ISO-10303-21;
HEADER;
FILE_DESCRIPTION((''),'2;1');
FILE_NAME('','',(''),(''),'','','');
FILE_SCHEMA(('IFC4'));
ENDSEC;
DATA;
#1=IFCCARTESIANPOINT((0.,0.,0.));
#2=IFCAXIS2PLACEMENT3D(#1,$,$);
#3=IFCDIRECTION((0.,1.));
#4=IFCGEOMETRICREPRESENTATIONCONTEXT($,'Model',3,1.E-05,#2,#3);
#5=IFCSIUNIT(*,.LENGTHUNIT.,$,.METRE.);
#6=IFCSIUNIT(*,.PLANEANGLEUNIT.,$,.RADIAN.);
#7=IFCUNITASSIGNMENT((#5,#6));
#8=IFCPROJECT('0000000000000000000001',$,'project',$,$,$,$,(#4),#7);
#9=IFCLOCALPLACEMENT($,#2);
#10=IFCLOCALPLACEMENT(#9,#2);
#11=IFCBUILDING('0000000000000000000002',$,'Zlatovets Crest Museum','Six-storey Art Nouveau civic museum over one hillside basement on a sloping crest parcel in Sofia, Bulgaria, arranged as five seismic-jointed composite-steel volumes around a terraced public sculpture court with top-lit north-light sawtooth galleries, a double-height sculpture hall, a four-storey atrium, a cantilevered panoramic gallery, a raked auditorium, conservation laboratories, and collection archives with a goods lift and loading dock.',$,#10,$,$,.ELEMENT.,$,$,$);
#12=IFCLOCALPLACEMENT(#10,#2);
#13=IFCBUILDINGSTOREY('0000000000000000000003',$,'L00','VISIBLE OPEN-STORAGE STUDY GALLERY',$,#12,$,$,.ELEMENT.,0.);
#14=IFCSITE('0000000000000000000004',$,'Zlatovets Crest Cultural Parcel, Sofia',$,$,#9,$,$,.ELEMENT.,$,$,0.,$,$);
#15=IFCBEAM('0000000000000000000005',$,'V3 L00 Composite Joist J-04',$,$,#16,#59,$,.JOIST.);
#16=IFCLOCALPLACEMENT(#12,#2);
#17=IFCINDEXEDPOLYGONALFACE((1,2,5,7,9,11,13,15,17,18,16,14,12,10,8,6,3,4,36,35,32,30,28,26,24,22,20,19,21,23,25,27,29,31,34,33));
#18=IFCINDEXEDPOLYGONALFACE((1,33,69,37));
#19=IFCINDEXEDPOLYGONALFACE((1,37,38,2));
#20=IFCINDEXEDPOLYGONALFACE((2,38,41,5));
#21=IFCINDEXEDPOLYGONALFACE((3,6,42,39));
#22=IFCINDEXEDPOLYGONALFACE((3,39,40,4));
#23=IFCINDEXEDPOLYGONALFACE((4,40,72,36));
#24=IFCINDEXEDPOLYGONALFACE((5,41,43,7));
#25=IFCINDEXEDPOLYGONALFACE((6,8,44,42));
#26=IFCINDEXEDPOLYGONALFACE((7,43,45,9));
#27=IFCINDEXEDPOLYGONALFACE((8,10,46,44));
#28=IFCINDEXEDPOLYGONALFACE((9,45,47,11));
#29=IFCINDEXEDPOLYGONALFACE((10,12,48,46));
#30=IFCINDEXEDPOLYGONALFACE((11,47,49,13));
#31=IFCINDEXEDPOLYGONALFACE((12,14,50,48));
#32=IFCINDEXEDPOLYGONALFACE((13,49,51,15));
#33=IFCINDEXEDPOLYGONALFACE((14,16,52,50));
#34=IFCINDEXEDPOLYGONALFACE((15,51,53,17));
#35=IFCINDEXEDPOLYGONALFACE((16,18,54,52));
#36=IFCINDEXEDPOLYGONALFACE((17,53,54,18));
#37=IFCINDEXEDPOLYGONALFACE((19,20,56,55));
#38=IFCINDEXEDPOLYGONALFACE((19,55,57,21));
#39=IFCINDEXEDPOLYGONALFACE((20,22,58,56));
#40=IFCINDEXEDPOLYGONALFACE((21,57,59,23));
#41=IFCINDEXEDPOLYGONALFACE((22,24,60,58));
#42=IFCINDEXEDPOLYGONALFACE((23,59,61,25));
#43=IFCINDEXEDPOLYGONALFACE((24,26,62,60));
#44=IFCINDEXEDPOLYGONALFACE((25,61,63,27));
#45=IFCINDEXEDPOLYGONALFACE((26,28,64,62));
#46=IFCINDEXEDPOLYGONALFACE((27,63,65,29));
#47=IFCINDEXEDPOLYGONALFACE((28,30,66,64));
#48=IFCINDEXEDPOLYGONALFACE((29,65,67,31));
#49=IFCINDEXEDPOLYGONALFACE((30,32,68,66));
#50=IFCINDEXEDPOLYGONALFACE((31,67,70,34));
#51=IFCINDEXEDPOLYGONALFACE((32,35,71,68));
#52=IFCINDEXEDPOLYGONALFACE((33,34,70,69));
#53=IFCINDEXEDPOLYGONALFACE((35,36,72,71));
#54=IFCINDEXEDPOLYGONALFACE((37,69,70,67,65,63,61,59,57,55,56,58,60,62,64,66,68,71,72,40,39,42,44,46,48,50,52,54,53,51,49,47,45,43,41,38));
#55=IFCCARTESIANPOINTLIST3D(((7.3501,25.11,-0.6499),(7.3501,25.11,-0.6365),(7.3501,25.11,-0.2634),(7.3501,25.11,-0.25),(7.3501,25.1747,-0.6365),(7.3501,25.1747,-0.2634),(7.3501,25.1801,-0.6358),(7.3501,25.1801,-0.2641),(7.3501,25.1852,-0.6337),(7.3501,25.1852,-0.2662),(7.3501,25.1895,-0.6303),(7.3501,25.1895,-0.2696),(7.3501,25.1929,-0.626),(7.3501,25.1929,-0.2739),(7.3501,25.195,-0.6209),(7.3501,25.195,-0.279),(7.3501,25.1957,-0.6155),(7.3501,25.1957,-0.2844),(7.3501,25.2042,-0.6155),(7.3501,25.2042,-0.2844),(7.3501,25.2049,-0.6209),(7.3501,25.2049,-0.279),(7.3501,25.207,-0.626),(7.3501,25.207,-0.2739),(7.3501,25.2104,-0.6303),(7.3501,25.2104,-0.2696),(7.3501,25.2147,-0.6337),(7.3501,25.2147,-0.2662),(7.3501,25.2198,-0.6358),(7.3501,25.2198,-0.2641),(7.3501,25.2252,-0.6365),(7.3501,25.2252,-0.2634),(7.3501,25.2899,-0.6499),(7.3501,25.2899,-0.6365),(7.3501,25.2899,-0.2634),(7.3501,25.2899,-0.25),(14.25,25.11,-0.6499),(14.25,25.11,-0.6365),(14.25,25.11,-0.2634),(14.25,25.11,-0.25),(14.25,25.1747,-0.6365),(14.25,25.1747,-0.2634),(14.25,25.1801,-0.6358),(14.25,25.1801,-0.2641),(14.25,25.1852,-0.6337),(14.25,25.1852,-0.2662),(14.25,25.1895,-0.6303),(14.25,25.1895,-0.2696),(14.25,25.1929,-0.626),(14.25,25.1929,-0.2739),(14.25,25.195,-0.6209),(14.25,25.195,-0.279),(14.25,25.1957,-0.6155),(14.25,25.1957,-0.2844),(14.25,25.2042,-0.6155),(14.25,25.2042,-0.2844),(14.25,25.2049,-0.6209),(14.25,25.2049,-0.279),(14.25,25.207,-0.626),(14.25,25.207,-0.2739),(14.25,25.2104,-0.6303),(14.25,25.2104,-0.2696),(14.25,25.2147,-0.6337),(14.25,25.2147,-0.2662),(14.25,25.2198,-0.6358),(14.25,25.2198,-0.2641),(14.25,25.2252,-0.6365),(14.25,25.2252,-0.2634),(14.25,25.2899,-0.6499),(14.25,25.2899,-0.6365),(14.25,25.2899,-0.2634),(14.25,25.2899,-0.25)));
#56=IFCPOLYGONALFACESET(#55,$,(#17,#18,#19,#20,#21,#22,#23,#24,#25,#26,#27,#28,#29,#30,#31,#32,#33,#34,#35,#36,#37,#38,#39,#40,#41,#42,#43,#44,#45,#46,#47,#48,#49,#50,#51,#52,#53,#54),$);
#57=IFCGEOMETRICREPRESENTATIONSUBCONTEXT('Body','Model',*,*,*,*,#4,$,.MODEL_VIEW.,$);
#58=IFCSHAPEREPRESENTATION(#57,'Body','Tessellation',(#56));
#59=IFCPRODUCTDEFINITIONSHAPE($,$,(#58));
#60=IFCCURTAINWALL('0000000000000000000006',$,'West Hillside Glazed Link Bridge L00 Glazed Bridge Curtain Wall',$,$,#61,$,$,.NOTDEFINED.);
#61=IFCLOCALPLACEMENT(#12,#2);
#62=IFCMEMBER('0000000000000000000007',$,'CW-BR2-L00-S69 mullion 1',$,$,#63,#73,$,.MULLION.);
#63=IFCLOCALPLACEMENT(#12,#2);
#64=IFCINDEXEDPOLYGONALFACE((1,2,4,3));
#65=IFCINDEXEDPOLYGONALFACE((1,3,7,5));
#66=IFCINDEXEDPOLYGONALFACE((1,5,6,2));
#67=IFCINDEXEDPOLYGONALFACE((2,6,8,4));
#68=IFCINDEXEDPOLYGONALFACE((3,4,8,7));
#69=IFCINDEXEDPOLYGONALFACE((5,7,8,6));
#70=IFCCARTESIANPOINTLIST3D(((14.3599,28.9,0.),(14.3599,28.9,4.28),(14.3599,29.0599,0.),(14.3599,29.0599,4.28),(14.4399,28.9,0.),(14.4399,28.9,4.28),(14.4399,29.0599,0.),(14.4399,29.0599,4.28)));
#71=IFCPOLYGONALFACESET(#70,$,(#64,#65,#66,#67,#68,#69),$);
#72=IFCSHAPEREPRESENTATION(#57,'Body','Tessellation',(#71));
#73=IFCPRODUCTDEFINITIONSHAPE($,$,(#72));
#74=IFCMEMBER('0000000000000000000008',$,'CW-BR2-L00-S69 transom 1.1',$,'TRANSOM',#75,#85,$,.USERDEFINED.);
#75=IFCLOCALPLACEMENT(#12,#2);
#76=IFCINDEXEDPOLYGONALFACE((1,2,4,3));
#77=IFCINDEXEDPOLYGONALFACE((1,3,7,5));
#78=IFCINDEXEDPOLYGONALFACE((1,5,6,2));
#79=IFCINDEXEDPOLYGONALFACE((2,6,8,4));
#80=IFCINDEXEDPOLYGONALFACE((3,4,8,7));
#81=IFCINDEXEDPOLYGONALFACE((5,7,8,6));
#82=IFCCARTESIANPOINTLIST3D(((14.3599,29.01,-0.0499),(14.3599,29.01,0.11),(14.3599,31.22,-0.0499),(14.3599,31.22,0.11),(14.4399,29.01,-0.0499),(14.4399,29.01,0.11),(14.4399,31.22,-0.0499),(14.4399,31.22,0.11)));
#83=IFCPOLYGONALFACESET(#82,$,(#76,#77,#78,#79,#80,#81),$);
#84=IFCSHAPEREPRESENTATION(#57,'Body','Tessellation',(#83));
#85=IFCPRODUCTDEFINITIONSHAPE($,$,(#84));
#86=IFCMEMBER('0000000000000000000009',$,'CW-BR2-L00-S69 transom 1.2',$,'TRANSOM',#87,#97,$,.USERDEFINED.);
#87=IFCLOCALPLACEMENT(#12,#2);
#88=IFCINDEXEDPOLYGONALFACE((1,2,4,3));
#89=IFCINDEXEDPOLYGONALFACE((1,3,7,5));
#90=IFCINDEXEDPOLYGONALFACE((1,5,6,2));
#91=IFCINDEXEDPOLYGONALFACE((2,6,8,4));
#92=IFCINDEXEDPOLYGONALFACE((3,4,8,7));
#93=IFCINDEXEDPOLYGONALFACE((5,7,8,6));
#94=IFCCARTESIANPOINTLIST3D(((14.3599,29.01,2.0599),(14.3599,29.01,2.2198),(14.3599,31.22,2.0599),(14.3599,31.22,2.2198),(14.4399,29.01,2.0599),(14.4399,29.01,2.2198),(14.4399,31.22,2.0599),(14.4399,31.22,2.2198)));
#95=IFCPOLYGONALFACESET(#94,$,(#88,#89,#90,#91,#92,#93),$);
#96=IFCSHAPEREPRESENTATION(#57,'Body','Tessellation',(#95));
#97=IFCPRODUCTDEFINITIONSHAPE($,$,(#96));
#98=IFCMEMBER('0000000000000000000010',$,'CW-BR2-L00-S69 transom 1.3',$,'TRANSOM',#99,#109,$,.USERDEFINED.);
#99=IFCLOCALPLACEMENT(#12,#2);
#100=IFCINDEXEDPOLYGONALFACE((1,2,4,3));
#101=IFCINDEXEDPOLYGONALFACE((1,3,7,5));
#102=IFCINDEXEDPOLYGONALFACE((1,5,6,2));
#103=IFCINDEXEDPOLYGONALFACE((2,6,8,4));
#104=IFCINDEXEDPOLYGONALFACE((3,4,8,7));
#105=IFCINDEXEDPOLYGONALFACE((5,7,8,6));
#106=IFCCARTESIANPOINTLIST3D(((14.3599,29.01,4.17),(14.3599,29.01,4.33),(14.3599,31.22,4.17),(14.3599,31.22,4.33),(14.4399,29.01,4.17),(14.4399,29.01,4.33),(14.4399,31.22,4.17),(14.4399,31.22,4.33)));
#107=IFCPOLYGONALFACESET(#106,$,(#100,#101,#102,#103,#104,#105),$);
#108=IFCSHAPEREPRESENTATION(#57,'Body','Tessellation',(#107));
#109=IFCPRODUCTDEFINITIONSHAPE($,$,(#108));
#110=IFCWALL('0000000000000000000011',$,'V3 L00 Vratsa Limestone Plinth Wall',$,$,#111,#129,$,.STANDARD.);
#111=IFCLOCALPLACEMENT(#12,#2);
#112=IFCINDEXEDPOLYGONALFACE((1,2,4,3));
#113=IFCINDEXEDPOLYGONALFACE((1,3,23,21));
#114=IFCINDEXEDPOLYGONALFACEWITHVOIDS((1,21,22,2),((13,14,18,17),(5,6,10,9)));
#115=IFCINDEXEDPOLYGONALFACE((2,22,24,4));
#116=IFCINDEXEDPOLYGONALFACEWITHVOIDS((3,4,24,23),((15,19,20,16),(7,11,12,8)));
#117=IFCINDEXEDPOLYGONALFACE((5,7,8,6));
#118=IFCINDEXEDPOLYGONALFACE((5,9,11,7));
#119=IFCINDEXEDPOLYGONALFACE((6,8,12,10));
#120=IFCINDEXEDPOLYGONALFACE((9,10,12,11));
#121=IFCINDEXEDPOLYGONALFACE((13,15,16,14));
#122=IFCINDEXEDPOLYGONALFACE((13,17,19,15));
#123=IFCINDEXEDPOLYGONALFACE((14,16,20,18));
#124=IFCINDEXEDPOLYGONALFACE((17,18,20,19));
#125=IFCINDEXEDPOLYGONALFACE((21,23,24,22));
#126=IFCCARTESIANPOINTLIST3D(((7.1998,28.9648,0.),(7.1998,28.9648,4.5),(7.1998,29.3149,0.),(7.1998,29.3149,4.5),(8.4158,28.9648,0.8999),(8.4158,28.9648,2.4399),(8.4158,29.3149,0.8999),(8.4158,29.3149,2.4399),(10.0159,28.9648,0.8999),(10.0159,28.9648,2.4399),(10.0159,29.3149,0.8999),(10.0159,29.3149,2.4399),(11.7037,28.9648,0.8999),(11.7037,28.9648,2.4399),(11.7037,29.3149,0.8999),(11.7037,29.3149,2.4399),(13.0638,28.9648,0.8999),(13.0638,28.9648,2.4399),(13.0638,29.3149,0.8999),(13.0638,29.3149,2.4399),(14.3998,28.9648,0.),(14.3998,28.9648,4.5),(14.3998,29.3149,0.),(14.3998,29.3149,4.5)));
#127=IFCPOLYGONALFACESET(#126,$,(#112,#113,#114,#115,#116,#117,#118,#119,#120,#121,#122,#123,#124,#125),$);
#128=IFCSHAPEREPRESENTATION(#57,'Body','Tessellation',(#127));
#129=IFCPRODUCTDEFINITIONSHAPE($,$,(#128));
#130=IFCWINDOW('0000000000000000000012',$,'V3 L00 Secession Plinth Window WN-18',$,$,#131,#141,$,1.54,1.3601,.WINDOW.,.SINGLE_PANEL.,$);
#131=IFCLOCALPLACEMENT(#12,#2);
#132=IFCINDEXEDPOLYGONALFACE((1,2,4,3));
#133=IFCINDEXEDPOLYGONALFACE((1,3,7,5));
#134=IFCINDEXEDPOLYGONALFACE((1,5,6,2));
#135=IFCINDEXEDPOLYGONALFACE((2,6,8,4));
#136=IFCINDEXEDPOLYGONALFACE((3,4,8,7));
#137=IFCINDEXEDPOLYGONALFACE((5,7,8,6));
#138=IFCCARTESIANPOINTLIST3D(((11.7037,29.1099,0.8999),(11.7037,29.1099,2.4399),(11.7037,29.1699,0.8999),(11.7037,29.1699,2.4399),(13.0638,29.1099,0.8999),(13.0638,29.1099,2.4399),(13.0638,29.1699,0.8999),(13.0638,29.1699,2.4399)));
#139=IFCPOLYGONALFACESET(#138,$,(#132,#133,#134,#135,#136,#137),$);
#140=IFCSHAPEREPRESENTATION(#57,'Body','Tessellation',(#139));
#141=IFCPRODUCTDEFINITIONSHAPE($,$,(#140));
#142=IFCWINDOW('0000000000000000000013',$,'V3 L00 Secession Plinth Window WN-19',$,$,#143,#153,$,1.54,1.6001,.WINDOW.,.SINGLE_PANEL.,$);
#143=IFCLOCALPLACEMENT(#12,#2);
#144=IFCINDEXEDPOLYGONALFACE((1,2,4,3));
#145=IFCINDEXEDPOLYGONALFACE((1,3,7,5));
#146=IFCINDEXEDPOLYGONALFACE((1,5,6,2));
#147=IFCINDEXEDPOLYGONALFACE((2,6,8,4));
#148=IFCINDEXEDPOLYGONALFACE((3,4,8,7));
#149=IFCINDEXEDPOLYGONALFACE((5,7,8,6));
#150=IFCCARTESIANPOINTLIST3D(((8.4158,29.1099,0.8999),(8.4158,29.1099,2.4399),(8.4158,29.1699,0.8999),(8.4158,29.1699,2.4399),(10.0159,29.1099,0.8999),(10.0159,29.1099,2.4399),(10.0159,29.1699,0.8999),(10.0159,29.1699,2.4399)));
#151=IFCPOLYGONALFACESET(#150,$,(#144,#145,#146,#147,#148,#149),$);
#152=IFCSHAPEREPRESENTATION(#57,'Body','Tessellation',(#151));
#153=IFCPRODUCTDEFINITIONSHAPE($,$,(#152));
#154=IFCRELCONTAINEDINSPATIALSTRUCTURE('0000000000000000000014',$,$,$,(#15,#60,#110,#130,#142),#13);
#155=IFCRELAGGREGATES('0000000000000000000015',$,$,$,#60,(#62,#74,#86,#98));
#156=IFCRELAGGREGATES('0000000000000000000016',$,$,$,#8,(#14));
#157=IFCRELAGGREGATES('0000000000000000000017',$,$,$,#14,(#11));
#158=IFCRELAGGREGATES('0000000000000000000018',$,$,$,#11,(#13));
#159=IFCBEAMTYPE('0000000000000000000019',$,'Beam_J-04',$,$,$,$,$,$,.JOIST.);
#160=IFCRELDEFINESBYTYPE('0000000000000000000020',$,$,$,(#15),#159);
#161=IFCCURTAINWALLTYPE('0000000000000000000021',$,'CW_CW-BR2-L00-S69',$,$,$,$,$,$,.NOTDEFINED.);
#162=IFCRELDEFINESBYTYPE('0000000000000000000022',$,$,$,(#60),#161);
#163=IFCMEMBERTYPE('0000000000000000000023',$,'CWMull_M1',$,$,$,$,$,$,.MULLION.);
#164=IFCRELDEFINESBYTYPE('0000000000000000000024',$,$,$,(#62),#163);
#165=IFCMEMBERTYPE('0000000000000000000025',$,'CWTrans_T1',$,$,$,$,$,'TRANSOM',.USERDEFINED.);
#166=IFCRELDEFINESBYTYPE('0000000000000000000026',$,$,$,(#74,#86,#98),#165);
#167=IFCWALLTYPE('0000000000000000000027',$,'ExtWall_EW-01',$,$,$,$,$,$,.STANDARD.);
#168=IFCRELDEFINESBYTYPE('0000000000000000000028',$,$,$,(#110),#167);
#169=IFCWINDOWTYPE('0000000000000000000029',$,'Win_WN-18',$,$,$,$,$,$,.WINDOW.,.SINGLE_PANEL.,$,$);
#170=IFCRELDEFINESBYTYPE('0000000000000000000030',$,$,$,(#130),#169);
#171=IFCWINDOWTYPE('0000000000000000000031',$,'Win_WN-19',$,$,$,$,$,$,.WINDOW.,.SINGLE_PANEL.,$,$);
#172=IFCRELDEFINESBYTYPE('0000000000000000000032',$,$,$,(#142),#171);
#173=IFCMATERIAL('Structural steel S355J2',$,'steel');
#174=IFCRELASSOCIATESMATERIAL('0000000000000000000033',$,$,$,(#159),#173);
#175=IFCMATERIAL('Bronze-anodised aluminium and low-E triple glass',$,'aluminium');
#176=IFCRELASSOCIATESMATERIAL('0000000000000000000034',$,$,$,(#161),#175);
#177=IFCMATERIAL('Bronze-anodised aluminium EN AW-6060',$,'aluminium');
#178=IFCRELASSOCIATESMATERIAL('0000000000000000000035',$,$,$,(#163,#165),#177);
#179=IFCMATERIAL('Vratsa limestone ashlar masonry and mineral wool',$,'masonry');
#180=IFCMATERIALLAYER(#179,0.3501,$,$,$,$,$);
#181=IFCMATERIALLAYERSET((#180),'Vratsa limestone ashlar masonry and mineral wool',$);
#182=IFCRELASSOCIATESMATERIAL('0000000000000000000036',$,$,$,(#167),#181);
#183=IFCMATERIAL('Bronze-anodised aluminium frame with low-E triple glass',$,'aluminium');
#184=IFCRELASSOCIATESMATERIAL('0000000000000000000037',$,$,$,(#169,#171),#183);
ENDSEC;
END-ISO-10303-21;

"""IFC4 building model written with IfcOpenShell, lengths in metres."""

from ifc_helpers import new_model, si_unit, direction, frame, frame_2d, origin, origin_2d, place, context, subcontext, project, spatial, rectangle, i_section, extrude, material, layer, layer_set, material_profile, profile_set, type_object, element, fill, aggregate, save


model = new_model("IFC4")

# Units and contexts
model_context = context("Model", 3, precision=1e-05, world=origin(), true_north=direction((0.0, 1.0)))
body_context = subcontext(model_context, "Body", "Model", "MODEL_VIEW")
ifc_project = project(units=[si_unit("LENGTHUNIT", "METRE"), si_unit("PLANEANGLEUNIT", "RADIAN")], contexts=[model_context])

# Site, building, storey
site_placement = place(None, origin())
site = spatial("IfcSite", under=ifc_project, at=site_placement, Name="Zlatovets Crest Cultural Parcel, Sofia", CompositionType="ELEMENT", RefElevation=0.0)
building_placement = place(site_placement, origin())
building = spatial("IfcBuilding", under=site, at=building_placement, Name="Zlatovets Crest Museum", Description="Six-storey Art Nouveau civic museum over one hillside basement on a sloping crest parcel in Sofia, Bulgaria, arranged as five seismic-jointed composite-steel volumes around a terraced public sculpture court with top-lit north-light sawtooth galleries, a double-height sculpture hall, a four-storey atrium, a cantilevered panoramic gallery, a raked auditorium, conservation laboratories, and collection archives with a goods lift and loading dock.", CompositionType="ELEMENT")
storey_placement = place(building_placement, origin())
storey = spatial("IfcBuildingStorey", under=building, at=storey_placement, Name="L00", Description="VISIBLE OPEN-STORAGE STUDY GALLERY", CompositionType="ELEMENT", Elevation=0.0)

# Shared definitions
ifc_material_1 = material(Name="Structural steel S355J2", Category="steel")

# Beam
ifc_material_profile_1 = material_profile(ifc_material_1, i_section(OverallWidth=0.1799, OverallDepth=0.3999, WebThickness=0.0085, FlangeThickness=0.0134, FilletRadius=0.021, at=origin_2d()), Name="IPE 400")
ifc_profile_set_1 = profile_set([ifc_material_profile_1], Name="Structural steel S355J2")
beam_type_1 = type_object("IfcBeamType", Name="Beam_J-04", PredefinedType="JOIST", material=ifc_profile_set_1)
beam_1_placement = place(storey_placement, frame((7.3501, 25.2, -0.45), z_axis=(1.0, 0.0, 0.0), x_axis=(0.0, 1.0, 0.0)))
element("IfcBeam", 1, at=beam_1_placement, inside=storey, type_object=beam_type_1, Name="V3 L00 Composite Joist J-04", PredefinedType="JOIST", context=body_context, shape_type="SweptSolid", body=[
    extrude(i_section(OverallWidth=0.1799, OverallDepth=0.3999, WebThickness=0.0085, FlangeThickness=0.0134, FilletRadius=0.021, at=origin_2d()), origin(), (0.0, 0.0, 1.0), 6.8999),
])

# Curtain wall, members
ifc_material_2 = material(Name="Bronze-anodised aluminium and low-E triple glass", Category="aluminium")
curtain_wall_type = type_object("IfcCurtainWallType", Name="CW_CW-BR2-L00-S69", PredefinedType="NOTDEFINED", material=ifc_material_2)
curtain_wall_placement = place(storey_placement, origin())
curtain_wall = element("IfcCurtainWall", 2, at=curtain_wall_placement, inside=storey, type_object=curtain_wall_type, Name="West Hillside Glazed Link Bridge L00 Glazed Bridge Curtain Wall", PredefinedType="NOTDEFINED")
ifc_material_3 = material(Name="Bronze-anodised aluminium EN AW-6060", Category="aluminium")
ifc_material_profile_2 = material_profile(ifc_material_3, rectangle(XDim=0.0801, YDim=0.1599, at=origin_2d()), Name="ALU 80x160")
ifc_profile_set_2 = profile_set([ifc_material_profile_2], Name="Bronze-anodised aluminium EN AW-6060")
member_type_1 = type_object("IfcMemberType", Name="CWMull_M1", PredefinedType="MULLION", material=ifc_profile_set_2)
member_1_placement = place(storey_placement, frame((14.3999, 28.98, 0.0), z_axis=(0.0, 0.0, 1.0), x_axis=(-1.0, 0.0, 0.0)))
member_1 = element("IfcMember", 3, at=member_1_placement, type_object=member_type_1, Name="CW-BR2-L00-S69 mullion 1", PredefinedType="MULLION", context=body_context, shape_type="SweptSolid", body=[
    extrude(rectangle(XDim=0.0801, YDim=0.1599, at=origin_2d()), origin(), (0.0, 0.0, 1.0), 4.28),
])
ifc_material_profile_3 = material_profile(ifc_material_3, rectangle(XDim=0.0801, YDim=0.1599, at=origin_2d()), Name="ALU 80x160")
ifc_profile_set_3 = profile_set([ifc_material_profile_3], Name="Bronze-anodised aluminium EN AW-6060")
member_type_2 = type_object("IfcMemberType", Name="CWTrans_T1", ElementType="TRANSOM", PredefinedType="USERDEFINED", material=ifc_profile_set_3)
member_2_placement = place(storey_placement, frame((14.3999, 29.01, 0.03), z_axis=(0.0, 1.0, 0.0), x_axis=(-1.0, 0.0, 0.0)))
member_2 = element("IfcMember", 4, at=member_2_placement, type_object=member_type_2, Name="CW-BR2-L00-S69 transom 1.1", ObjectType="TRANSOM", PredefinedType="USERDEFINED", context=body_context, shape_type="SweptSolid", body=[
    extrude(rectangle(XDim=0.0801, YDim=0.1599, at=origin_2d()), origin(), (0.0, 0.0, 1.0), 2.21),
])
member_3_placement = place(storey_placement, frame((14.3999, 29.01, 2.1399), z_axis=(0.0, 1.0, 0.0), x_axis=(-1.0, 0.0, 0.0)))
member_3 = element("IfcMember", 5, at=member_3_placement, type_object=member_type_2, Name="CW-BR2-L00-S69 transom 1.2", ObjectType="TRANSOM", PredefinedType="USERDEFINED", context=body_context, shape_type="SweptSolid", body=[
    extrude(rectangle(XDim=0.0801, YDim=0.1599, at=origin_2d()), origin(), (0.0, 0.0, 1.0), 2.21),
])
member_4_placement = place(storey_placement, frame((14.3999, 29.01, 4.25), z_axis=(0.0, 1.0, 0.0), x_axis=(-1.0, 0.0, 0.0)))
member_4 = element("IfcMember", 6, at=member_4_placement, type_object=member_type_2, Name="CW-BR2-L00-S69 transom 1.3", ObjectType="TRANSOM", PredefinedType="USERDEFINED", context=body_context, shape_type="SweptSolid", body=[
    extrude(rectangle(XDim=0.0801, YDim=0.1599, at=origin_2d()), origin(), (0.0, 0.0, 1.0), 2.21),
])
aggregate(curtain_wall, [member_1, member_2, member_3, member_4])

# Wall, openings, windows
ifc_material_4 = material(Name="Vratsa limestone ashlar masonry and mineral wool", Category="masonry")
ifc_layer_1 = layer(ifc_material_4, 0.3501)
ifc_layer_set_1 = layer_set([ifc_layer_1], Name="Vratsa limestone ashlar masonry and mineral wool")
wall_type_1 = type_object("IfcWallType", Name="ExtWall_EW-01", PredefinedType="STANDARD", material=ifc_layer_set_1)
wall_1_placement = place(storey_placement, frame((14.3999, 29.1399, 0.0), z_axis=(0.0, 0.0, 1.0), x_axis=(-1.0, 0.0, 0.0)))
wall_1 = element("IfcWall", 7, at=wall_1_placement, inside=storey, type_object=wall_type_1, Name="V3 L00 Vratsa Limestone Plinth Wall", PredefinedType="STANDARD", context=body_context, shape_type="SweptSolid", body=[
    extrude(rectangle(XDim=7.2, YDim=0.3501, at=frame_2d((3.6001, 0.0))), origin(), (0.0, 0.0, 1.0), 4.5),
])
opening_1_placement = place(wall_1_placement, frame((1.3359, 0.0, 0.8999)))
opening_1 = element("IfcOpeningElement", 8, at=opening_1_placement, cuts=wall_1, PredefinedType="OPENING", context=body_context, shape_type="SweptSolid", body=[
    extrude(rectangle(XDim=1.3601, YDim=1.54, at=frame_2d((0.6802, 0.77))), frame((0.0, 0.1851, 0.0), z_axis=(0.0, -1.0, 0.0), x_axis=(1.0, 0.0, 0.0)), (0.0, 0.0, 1.0), 0.3701),
])
opening_2_placement = place(wall_1_placement, frame((4.384, 0.0, 0.8999)))
opening_2 = element("IfcOpeningElement", 9, at=opening_2_placement, cuts=wall_1, PredefinedType="OPENING", context=body_context, shape_type="SweptSolid", body=[
    extrude(rectangle(XDim=1.6001, YDim=1.54, at=frame_2d((0.8, 0.77))), frame((0.0, 0.1851, 0.0), z_axis=(0.0, -1.0, 0.0), x_axis=(1.0, 0.0, 0.0)), (0.0, 0.0, 1.0), 0.3701),
])
ifc_material_5 = material(Name="Bronze-anodised aluminium frame with low-E triple glass", Category="aluminium")
window_type_1 = type_object("IfcWindowType", Name="Win_WN-18", PartitioningType="SINGLE_PANEL", PredefinedType="WINDOW", material=ifc_material_5)
window_1_placement = place(opening_1_placement, origin())
window_1 = element("IfcWindow", 10, at=window_1_placement, inside=storey, type_object=window_type_1, Name="V3 L00 Secession Plinth Window WN-18", OverallHeight=1.54, OverallWidth=1.3601, PartitioningType="SINGLE_PANEL", PredefinedType="WINDOW", context=body_context, shape_type="SweptSolid", body=[
    extrude(rectangle(XDim=1.3601, YDim=1.54, at=frame_2d((0.6802, 0.77))), frame((0.0, 0.03, 0.0), z_axis=(0.0, -1.0, 0.0), x_axis=(1.0, 0.0, 0.0)), (0.0, 0.0, 1.0), 0.0601),
])
fill(opening_1, window_1)
window_type_2 = type_object("IfcWindowType", Name="Win_WN-19", PartitioningType="SINGLE_PANEL", PredefinedType="WINDOW", material=ifc_material_5)
window_2_placement = place(opening_2_placement, origin())
window_2 = element("IfcWindow", 11, at=window_2_placement, inside=storey, type_object=window_type_2, Name="V3 L00 Secession Plinth Window WN-19", OverallHeight=1.54, OverallWidth=1.6001, PartitioningType="SINGLE_PANEL", PredefinedType="WINDOW", context=body_context, shape_type="SweptSolid", body=[
    extrude(rectangle(XDim=1.6001, YDim=1.54, at=frame_2d((0.8, 0.77))), frame((0.0, 0.03, 0.0), z_axis=(0.0, -1.0, 0.0), x_axis=(1.0, 0.0, 0.0)), (0.0, 0.0, 1.0), 0.0601),
])
fill(opening_2, window_2)

save(model, "model.ifc")
